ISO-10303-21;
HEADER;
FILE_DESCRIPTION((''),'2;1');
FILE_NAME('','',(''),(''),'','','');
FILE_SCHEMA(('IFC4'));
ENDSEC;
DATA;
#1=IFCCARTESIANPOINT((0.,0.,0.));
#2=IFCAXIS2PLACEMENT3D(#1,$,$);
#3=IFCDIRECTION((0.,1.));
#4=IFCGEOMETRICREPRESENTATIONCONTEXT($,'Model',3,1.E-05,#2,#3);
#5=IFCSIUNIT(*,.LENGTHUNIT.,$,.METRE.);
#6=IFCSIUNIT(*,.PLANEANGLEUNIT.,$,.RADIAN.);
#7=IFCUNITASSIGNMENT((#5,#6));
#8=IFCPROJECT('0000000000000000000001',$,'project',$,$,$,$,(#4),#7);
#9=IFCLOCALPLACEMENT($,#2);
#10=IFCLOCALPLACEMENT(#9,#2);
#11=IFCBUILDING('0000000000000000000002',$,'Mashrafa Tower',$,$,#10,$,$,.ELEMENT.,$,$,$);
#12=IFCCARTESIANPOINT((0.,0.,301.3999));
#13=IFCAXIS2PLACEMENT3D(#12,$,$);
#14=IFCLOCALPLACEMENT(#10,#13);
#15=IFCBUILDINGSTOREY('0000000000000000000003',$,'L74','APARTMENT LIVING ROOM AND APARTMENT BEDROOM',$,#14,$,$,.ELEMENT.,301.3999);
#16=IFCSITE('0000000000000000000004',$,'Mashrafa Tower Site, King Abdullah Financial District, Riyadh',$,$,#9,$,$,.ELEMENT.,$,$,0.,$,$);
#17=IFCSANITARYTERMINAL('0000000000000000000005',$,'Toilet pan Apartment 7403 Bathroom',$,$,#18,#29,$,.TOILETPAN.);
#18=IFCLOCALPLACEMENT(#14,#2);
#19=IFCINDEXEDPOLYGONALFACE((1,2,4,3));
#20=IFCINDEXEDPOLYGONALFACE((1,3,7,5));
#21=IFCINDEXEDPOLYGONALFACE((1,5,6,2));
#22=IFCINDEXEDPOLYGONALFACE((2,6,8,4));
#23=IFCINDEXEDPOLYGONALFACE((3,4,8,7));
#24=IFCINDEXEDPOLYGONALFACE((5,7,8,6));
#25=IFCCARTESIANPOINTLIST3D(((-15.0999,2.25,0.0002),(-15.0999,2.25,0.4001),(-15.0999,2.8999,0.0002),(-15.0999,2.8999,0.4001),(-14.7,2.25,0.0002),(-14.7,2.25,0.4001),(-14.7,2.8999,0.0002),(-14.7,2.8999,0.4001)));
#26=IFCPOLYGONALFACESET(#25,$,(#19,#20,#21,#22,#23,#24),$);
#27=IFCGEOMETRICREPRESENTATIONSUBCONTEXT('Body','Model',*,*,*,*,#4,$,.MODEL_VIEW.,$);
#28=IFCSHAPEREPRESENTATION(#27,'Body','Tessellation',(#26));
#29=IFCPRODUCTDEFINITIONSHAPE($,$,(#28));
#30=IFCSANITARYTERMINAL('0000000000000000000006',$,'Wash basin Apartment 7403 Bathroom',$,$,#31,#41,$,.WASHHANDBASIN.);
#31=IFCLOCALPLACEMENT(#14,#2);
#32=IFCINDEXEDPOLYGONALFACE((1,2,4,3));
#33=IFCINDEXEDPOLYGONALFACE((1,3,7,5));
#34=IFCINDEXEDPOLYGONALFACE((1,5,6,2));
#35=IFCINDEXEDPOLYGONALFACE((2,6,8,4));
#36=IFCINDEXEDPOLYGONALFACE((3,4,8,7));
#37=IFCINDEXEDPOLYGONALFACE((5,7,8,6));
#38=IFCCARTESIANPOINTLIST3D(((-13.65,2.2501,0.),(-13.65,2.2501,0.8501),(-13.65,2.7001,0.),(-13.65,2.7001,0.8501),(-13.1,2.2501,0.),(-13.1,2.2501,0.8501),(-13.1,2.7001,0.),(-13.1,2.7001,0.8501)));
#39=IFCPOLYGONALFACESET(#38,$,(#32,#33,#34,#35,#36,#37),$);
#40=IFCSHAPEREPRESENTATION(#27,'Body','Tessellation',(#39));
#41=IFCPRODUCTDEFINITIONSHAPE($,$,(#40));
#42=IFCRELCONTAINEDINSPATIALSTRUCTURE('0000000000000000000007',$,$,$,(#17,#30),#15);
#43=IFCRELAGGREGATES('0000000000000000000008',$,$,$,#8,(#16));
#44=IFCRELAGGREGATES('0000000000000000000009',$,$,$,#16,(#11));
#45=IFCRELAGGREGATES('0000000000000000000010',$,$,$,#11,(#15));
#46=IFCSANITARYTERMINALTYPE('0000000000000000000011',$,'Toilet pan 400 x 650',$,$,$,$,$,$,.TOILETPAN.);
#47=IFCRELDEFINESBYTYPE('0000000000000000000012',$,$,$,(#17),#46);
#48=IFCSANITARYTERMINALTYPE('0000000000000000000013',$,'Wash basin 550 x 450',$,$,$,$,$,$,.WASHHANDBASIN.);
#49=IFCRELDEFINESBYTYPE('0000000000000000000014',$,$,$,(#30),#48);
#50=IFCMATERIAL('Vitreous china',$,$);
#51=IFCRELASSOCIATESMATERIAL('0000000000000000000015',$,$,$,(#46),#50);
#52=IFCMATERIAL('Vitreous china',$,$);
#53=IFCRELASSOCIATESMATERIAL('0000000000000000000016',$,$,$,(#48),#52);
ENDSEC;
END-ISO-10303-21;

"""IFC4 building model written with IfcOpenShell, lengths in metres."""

from ifc_helpers import new_model, si_unit, direction, frame, origin, origin_2d, place, context, subcontext, project, spatial, rectangle, extrude, material, type_object, element, save


model = new_model("IFC4")

# Units and contexts
model_context = context("Model", 3, precision=1e-05, world=origin(), true_north=direction((0.0, 1.0)))
body_context = subcontext(model_context, "Body", "Model", "MODEL_VIEW")
ifc_project = project(units=[si_unit("LENGTHUNIT", "METRE"), si_unit("PLANEANGLEUNIT", "RADIAN")], contexts=[model_context])

# Site, building, storey
site_placement = place(None, origin())
site = spatial("IfcSite", under=ifc_project, at=site_placement, Name="Mashrafa Tower Site, King Abdullah Financial District, Riyadh", CompositionType="ELEMENT", RefElevation=0.0)
building_placement = place(site_placement, origin())
building = spatial("IfcBuilding", under=site, at=building_placement, Name="Mashrafa Tower", CompositionType="ELEMENT")
storey_placement = place(building_placement, frame((0.0, 0.0, 301.3999)))
storey = spatial("IfcBuildingStorey", under=building, at=storey_placement, Name="L74", Description="APARTMENT LIVING ROOM AND APARTMENT BEDROOM", CompositionType="ELEMENT", Elevation=301.3999)

# Sanitary terminals
ifc_material_1 = material(Name="Vitreous china")
sanitary_terminal_type_1 = type_object("IfcSanitaryTerminalType", Name="Toilet pan 400 x 650", PredefinedType="TOILETPAN", material=ifc_material_1)
sanitary_terminal_1_placement = place(storey_placement, frame((-14.8999, 2.575, 0.0002), z_axis=(0.0, 0.0, 1.0), x_axis=(1.0, 0.0, 0.0)))
element("IfcSanitaryTerminal", 1, at=sanitary_terminal_1_placement, inside=storey, type_object=sanitary_terminal_type_1, Name="Toilet pan Apartment 7403 Bathroom", PredefinedType="TOILETPAN", context=body_context, shape_type="SweptSolid", body=[
    extrude(rectangle(XDim=0.3999, YDim=0.6499, at=origin_2d()), origin(), (0.0, 0.0, 1.0), 0.3999),
])
ifc_material_2 = material(Name="Vitreous china")
sanitary_terminal_type_2 = type_object("IfcSanitaryTerminalType", Name="Wash basin 550 x 450", PredefinedType="WASHHANDBASIN", material=ifc_material_2)
sanitary_terminal_2_placement = place(storey_placement, frame((-13.375, 2.4751, 0.0), z_axis=(0.0, 0.0, 1.0), x_axis=(1.0, 0.0, 0.0)))
element("IfcSanitaryTerminal", 2, at=sanitary_terminal_2_placement, inside=storey, type_object=sanitary_terminal_type_2, Name="Wash basin Apartment 7403 Bathroom", PredefinedType="WASHHANDBASIN", context=body_context, shape_type="SweptSolid", body=[
    extrude(rectangle(XDim=0.55, YDim=0.45, at=origin_2d()), origin(), (0.0, 0.0, 1.0), 0.8501),
])

save(model, "model.ifc")
